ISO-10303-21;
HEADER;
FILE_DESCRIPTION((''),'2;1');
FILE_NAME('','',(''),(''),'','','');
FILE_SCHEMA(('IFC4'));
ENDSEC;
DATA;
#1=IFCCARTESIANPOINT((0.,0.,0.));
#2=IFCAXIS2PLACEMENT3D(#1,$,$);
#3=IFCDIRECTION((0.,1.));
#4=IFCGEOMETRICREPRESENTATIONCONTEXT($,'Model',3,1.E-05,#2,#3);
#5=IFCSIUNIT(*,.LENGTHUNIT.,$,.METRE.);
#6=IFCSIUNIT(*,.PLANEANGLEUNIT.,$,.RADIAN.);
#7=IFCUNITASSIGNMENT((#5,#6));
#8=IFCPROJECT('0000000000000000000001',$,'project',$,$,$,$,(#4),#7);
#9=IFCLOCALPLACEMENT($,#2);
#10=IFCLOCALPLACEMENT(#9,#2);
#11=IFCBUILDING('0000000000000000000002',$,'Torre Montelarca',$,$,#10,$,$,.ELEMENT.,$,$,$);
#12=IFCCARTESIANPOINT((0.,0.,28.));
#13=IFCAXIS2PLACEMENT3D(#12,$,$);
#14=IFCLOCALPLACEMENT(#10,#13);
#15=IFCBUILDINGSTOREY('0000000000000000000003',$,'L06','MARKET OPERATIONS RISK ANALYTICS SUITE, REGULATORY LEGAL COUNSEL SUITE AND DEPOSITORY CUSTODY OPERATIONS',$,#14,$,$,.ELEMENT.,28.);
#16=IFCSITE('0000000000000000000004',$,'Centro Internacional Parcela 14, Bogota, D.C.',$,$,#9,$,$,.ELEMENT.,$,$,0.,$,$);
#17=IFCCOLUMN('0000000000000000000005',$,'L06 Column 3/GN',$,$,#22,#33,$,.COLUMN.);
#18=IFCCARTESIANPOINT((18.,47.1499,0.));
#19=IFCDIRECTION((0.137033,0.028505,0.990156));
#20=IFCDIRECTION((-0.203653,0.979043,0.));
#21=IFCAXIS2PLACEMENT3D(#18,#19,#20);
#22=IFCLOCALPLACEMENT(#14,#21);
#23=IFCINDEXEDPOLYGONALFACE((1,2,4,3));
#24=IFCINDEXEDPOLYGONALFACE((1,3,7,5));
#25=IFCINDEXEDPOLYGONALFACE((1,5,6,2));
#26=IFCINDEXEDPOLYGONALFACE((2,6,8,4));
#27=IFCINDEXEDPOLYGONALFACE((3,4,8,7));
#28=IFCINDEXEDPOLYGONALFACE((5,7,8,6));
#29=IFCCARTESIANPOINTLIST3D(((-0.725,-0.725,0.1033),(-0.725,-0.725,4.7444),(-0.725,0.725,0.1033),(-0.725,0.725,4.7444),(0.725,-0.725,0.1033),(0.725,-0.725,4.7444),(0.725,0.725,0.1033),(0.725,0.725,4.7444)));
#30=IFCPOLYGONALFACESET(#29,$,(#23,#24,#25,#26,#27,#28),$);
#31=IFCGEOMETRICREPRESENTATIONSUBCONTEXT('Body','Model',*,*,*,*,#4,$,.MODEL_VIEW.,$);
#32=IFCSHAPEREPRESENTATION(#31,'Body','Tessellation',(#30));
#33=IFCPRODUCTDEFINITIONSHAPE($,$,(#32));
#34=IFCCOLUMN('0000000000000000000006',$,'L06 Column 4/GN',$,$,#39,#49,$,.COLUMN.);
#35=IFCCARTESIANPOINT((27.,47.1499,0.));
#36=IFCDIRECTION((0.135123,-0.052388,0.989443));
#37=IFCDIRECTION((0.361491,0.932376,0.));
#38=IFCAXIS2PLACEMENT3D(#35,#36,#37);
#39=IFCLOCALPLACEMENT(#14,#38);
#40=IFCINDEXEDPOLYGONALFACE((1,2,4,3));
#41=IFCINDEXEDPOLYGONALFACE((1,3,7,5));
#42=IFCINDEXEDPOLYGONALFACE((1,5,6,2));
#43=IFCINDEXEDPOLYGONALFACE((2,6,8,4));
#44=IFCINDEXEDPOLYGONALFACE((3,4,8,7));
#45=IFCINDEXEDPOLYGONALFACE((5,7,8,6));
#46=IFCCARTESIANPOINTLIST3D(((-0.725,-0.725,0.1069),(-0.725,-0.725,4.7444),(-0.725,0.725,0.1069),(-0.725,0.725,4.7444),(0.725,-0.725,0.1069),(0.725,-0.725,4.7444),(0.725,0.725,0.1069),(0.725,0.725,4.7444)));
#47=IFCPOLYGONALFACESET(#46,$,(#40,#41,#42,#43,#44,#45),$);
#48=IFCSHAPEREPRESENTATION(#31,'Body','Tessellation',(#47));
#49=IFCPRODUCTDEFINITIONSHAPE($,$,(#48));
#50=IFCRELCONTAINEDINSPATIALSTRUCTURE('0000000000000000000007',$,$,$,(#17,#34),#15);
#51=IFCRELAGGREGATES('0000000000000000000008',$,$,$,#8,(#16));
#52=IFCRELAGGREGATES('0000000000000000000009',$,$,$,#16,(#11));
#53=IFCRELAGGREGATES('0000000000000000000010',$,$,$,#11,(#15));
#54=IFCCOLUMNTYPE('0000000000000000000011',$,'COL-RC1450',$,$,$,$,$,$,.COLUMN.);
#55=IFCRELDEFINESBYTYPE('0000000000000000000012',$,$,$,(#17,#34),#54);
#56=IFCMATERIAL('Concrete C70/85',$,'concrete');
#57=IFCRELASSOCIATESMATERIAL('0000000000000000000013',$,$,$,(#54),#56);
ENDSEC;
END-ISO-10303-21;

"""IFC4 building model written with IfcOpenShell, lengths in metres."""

from ifc_helpers import new_model, si_unit, direction, frame, origin, origin_2d, place, context, subcontext, project, spatial, rectangle, extrude, clip, halfspace, material, material_profile, profile_set, type_object, element, save


model = new_model("IFC4")

# Units and contexts
model_context = context("Model", 3, precision=1e-05, world=origin(), true_north=direction((0.0, 1.0)))
body_context = subcontext(model_context, "Body", "Model", "MODEL_VIEW")
ifc_project = project(units=[si_unit("LENGTHUNIT", "METRE"), si_unit("PLANEANGLEUNIT", "RADIAN")], contexts=[model_context])

# Site, building, storey
site_placement = place(None, origin())
site = spatial("IfcSite", under=ifc_project, at=site_placement, Name="Centro Internacional Parcela 14, Bogota, D.C.", CompositionType="ELEMENT", RefElevation=0.0)
building_placement = place(site_placement, origin())
building = spatial("IfcBuilding", under=site, at=building_placement, Name="Torre Montelarca", CompositionType="ELEMENT")
storey_placement = place(building_placement, frame((0.0, 0.0, 28.0)))
storey = spatial("IfcBuildingStorey", under=building, at=storey_placement, Name="L06", Description="MARKET OPERATIONS RISK ANALYTICS SUITE, REGULATORY LEGAL COUNSEL SUITE AND DEPOSITORY CUSTODY OPERATIONS", CompositionType="ELEMENT", Elevation=28.0)

# Columns
ifc_material_1 = material(Name="Concrete C70/85", Category="concrete")
ifc_material_profile_1 = material_profile(ifc_material_1, rectangle(XDim=1.45, YDim=1.45, at=origin_2d()), Name="RC1450X1450", Category="concrete")
ifc_profile_set_1 = profile_set([ifc_material_profile_1], Name="Concrete C70/85")
column_type_1 = type_object("IfcColumnType", Name="COL-RC1450", PredefinedType="COLUMN", material=ifc_profile_set_1)
column_1_placement = place(storey_placement, frame((18.0, 47.1499, 0.0), z_axis=(0.137033, 0.028505, 0.990156), x_axis=(-0.203653, 0.979043, 0.0)))
element("IfcColumn", 1, at=column_1_placement, inside=storey, type_object=column_type_1, Name="L06 Column 3/GN", PredefinedType="COLUMN", context=body_context, shape_type="Clipping", body=[
    clip(clip(extrude(rectangle(XDim=1.45, YDim=1.45, at=origin_2d()), origin(), (0.0, 0.0, 1.0), 4.8477), halfspace(frame((0.0, 0.0, 0.1033), z_axis=(0.0, 0.0, -1.0), x_axis=(1.0, 0.0, 0.0)), False)), halfspace(frame((0.0, 0.0, 4.7444), z_axis=(0.0, 0.0, 1.0), x_axis=(1.0, 0.0, 0.0)), False)),
])
column_2_placement = place(storey_placement, frame((27.0, 47.1499, 0.0), z_axis=(0.135123, -0.052388, 0.989443), x_axis=(0.361491, 0.932376, 0.0)))
element("IfcColumn", 2, at=column_2_placement, inside=storey, type_object=column_type_1, Name="L06 Column 4/GN", PredefinedType="COLUMN", context=body_context, shape_type="Clipping", body=[
    clip(clip(extrude(rectangle(XDim=1.45, YDim=1.45, at=origin_2d()), origin(), (0.0, 0.0, 1.0), 4.8513), halfspace(frame((0.0, 0.0, 0.1069), z_axis=(0.0, 0.0, -1.0), x_axis=(1.0, 0.0, 0.0)), False)), halfspace(frame((0.0, 0.0, 4.7444), z_axis=(0.0, 0.0, 1.0), x_axis=(1.0, 0.0, 0.0)), False)),
])

save(model, "model.ifc")
